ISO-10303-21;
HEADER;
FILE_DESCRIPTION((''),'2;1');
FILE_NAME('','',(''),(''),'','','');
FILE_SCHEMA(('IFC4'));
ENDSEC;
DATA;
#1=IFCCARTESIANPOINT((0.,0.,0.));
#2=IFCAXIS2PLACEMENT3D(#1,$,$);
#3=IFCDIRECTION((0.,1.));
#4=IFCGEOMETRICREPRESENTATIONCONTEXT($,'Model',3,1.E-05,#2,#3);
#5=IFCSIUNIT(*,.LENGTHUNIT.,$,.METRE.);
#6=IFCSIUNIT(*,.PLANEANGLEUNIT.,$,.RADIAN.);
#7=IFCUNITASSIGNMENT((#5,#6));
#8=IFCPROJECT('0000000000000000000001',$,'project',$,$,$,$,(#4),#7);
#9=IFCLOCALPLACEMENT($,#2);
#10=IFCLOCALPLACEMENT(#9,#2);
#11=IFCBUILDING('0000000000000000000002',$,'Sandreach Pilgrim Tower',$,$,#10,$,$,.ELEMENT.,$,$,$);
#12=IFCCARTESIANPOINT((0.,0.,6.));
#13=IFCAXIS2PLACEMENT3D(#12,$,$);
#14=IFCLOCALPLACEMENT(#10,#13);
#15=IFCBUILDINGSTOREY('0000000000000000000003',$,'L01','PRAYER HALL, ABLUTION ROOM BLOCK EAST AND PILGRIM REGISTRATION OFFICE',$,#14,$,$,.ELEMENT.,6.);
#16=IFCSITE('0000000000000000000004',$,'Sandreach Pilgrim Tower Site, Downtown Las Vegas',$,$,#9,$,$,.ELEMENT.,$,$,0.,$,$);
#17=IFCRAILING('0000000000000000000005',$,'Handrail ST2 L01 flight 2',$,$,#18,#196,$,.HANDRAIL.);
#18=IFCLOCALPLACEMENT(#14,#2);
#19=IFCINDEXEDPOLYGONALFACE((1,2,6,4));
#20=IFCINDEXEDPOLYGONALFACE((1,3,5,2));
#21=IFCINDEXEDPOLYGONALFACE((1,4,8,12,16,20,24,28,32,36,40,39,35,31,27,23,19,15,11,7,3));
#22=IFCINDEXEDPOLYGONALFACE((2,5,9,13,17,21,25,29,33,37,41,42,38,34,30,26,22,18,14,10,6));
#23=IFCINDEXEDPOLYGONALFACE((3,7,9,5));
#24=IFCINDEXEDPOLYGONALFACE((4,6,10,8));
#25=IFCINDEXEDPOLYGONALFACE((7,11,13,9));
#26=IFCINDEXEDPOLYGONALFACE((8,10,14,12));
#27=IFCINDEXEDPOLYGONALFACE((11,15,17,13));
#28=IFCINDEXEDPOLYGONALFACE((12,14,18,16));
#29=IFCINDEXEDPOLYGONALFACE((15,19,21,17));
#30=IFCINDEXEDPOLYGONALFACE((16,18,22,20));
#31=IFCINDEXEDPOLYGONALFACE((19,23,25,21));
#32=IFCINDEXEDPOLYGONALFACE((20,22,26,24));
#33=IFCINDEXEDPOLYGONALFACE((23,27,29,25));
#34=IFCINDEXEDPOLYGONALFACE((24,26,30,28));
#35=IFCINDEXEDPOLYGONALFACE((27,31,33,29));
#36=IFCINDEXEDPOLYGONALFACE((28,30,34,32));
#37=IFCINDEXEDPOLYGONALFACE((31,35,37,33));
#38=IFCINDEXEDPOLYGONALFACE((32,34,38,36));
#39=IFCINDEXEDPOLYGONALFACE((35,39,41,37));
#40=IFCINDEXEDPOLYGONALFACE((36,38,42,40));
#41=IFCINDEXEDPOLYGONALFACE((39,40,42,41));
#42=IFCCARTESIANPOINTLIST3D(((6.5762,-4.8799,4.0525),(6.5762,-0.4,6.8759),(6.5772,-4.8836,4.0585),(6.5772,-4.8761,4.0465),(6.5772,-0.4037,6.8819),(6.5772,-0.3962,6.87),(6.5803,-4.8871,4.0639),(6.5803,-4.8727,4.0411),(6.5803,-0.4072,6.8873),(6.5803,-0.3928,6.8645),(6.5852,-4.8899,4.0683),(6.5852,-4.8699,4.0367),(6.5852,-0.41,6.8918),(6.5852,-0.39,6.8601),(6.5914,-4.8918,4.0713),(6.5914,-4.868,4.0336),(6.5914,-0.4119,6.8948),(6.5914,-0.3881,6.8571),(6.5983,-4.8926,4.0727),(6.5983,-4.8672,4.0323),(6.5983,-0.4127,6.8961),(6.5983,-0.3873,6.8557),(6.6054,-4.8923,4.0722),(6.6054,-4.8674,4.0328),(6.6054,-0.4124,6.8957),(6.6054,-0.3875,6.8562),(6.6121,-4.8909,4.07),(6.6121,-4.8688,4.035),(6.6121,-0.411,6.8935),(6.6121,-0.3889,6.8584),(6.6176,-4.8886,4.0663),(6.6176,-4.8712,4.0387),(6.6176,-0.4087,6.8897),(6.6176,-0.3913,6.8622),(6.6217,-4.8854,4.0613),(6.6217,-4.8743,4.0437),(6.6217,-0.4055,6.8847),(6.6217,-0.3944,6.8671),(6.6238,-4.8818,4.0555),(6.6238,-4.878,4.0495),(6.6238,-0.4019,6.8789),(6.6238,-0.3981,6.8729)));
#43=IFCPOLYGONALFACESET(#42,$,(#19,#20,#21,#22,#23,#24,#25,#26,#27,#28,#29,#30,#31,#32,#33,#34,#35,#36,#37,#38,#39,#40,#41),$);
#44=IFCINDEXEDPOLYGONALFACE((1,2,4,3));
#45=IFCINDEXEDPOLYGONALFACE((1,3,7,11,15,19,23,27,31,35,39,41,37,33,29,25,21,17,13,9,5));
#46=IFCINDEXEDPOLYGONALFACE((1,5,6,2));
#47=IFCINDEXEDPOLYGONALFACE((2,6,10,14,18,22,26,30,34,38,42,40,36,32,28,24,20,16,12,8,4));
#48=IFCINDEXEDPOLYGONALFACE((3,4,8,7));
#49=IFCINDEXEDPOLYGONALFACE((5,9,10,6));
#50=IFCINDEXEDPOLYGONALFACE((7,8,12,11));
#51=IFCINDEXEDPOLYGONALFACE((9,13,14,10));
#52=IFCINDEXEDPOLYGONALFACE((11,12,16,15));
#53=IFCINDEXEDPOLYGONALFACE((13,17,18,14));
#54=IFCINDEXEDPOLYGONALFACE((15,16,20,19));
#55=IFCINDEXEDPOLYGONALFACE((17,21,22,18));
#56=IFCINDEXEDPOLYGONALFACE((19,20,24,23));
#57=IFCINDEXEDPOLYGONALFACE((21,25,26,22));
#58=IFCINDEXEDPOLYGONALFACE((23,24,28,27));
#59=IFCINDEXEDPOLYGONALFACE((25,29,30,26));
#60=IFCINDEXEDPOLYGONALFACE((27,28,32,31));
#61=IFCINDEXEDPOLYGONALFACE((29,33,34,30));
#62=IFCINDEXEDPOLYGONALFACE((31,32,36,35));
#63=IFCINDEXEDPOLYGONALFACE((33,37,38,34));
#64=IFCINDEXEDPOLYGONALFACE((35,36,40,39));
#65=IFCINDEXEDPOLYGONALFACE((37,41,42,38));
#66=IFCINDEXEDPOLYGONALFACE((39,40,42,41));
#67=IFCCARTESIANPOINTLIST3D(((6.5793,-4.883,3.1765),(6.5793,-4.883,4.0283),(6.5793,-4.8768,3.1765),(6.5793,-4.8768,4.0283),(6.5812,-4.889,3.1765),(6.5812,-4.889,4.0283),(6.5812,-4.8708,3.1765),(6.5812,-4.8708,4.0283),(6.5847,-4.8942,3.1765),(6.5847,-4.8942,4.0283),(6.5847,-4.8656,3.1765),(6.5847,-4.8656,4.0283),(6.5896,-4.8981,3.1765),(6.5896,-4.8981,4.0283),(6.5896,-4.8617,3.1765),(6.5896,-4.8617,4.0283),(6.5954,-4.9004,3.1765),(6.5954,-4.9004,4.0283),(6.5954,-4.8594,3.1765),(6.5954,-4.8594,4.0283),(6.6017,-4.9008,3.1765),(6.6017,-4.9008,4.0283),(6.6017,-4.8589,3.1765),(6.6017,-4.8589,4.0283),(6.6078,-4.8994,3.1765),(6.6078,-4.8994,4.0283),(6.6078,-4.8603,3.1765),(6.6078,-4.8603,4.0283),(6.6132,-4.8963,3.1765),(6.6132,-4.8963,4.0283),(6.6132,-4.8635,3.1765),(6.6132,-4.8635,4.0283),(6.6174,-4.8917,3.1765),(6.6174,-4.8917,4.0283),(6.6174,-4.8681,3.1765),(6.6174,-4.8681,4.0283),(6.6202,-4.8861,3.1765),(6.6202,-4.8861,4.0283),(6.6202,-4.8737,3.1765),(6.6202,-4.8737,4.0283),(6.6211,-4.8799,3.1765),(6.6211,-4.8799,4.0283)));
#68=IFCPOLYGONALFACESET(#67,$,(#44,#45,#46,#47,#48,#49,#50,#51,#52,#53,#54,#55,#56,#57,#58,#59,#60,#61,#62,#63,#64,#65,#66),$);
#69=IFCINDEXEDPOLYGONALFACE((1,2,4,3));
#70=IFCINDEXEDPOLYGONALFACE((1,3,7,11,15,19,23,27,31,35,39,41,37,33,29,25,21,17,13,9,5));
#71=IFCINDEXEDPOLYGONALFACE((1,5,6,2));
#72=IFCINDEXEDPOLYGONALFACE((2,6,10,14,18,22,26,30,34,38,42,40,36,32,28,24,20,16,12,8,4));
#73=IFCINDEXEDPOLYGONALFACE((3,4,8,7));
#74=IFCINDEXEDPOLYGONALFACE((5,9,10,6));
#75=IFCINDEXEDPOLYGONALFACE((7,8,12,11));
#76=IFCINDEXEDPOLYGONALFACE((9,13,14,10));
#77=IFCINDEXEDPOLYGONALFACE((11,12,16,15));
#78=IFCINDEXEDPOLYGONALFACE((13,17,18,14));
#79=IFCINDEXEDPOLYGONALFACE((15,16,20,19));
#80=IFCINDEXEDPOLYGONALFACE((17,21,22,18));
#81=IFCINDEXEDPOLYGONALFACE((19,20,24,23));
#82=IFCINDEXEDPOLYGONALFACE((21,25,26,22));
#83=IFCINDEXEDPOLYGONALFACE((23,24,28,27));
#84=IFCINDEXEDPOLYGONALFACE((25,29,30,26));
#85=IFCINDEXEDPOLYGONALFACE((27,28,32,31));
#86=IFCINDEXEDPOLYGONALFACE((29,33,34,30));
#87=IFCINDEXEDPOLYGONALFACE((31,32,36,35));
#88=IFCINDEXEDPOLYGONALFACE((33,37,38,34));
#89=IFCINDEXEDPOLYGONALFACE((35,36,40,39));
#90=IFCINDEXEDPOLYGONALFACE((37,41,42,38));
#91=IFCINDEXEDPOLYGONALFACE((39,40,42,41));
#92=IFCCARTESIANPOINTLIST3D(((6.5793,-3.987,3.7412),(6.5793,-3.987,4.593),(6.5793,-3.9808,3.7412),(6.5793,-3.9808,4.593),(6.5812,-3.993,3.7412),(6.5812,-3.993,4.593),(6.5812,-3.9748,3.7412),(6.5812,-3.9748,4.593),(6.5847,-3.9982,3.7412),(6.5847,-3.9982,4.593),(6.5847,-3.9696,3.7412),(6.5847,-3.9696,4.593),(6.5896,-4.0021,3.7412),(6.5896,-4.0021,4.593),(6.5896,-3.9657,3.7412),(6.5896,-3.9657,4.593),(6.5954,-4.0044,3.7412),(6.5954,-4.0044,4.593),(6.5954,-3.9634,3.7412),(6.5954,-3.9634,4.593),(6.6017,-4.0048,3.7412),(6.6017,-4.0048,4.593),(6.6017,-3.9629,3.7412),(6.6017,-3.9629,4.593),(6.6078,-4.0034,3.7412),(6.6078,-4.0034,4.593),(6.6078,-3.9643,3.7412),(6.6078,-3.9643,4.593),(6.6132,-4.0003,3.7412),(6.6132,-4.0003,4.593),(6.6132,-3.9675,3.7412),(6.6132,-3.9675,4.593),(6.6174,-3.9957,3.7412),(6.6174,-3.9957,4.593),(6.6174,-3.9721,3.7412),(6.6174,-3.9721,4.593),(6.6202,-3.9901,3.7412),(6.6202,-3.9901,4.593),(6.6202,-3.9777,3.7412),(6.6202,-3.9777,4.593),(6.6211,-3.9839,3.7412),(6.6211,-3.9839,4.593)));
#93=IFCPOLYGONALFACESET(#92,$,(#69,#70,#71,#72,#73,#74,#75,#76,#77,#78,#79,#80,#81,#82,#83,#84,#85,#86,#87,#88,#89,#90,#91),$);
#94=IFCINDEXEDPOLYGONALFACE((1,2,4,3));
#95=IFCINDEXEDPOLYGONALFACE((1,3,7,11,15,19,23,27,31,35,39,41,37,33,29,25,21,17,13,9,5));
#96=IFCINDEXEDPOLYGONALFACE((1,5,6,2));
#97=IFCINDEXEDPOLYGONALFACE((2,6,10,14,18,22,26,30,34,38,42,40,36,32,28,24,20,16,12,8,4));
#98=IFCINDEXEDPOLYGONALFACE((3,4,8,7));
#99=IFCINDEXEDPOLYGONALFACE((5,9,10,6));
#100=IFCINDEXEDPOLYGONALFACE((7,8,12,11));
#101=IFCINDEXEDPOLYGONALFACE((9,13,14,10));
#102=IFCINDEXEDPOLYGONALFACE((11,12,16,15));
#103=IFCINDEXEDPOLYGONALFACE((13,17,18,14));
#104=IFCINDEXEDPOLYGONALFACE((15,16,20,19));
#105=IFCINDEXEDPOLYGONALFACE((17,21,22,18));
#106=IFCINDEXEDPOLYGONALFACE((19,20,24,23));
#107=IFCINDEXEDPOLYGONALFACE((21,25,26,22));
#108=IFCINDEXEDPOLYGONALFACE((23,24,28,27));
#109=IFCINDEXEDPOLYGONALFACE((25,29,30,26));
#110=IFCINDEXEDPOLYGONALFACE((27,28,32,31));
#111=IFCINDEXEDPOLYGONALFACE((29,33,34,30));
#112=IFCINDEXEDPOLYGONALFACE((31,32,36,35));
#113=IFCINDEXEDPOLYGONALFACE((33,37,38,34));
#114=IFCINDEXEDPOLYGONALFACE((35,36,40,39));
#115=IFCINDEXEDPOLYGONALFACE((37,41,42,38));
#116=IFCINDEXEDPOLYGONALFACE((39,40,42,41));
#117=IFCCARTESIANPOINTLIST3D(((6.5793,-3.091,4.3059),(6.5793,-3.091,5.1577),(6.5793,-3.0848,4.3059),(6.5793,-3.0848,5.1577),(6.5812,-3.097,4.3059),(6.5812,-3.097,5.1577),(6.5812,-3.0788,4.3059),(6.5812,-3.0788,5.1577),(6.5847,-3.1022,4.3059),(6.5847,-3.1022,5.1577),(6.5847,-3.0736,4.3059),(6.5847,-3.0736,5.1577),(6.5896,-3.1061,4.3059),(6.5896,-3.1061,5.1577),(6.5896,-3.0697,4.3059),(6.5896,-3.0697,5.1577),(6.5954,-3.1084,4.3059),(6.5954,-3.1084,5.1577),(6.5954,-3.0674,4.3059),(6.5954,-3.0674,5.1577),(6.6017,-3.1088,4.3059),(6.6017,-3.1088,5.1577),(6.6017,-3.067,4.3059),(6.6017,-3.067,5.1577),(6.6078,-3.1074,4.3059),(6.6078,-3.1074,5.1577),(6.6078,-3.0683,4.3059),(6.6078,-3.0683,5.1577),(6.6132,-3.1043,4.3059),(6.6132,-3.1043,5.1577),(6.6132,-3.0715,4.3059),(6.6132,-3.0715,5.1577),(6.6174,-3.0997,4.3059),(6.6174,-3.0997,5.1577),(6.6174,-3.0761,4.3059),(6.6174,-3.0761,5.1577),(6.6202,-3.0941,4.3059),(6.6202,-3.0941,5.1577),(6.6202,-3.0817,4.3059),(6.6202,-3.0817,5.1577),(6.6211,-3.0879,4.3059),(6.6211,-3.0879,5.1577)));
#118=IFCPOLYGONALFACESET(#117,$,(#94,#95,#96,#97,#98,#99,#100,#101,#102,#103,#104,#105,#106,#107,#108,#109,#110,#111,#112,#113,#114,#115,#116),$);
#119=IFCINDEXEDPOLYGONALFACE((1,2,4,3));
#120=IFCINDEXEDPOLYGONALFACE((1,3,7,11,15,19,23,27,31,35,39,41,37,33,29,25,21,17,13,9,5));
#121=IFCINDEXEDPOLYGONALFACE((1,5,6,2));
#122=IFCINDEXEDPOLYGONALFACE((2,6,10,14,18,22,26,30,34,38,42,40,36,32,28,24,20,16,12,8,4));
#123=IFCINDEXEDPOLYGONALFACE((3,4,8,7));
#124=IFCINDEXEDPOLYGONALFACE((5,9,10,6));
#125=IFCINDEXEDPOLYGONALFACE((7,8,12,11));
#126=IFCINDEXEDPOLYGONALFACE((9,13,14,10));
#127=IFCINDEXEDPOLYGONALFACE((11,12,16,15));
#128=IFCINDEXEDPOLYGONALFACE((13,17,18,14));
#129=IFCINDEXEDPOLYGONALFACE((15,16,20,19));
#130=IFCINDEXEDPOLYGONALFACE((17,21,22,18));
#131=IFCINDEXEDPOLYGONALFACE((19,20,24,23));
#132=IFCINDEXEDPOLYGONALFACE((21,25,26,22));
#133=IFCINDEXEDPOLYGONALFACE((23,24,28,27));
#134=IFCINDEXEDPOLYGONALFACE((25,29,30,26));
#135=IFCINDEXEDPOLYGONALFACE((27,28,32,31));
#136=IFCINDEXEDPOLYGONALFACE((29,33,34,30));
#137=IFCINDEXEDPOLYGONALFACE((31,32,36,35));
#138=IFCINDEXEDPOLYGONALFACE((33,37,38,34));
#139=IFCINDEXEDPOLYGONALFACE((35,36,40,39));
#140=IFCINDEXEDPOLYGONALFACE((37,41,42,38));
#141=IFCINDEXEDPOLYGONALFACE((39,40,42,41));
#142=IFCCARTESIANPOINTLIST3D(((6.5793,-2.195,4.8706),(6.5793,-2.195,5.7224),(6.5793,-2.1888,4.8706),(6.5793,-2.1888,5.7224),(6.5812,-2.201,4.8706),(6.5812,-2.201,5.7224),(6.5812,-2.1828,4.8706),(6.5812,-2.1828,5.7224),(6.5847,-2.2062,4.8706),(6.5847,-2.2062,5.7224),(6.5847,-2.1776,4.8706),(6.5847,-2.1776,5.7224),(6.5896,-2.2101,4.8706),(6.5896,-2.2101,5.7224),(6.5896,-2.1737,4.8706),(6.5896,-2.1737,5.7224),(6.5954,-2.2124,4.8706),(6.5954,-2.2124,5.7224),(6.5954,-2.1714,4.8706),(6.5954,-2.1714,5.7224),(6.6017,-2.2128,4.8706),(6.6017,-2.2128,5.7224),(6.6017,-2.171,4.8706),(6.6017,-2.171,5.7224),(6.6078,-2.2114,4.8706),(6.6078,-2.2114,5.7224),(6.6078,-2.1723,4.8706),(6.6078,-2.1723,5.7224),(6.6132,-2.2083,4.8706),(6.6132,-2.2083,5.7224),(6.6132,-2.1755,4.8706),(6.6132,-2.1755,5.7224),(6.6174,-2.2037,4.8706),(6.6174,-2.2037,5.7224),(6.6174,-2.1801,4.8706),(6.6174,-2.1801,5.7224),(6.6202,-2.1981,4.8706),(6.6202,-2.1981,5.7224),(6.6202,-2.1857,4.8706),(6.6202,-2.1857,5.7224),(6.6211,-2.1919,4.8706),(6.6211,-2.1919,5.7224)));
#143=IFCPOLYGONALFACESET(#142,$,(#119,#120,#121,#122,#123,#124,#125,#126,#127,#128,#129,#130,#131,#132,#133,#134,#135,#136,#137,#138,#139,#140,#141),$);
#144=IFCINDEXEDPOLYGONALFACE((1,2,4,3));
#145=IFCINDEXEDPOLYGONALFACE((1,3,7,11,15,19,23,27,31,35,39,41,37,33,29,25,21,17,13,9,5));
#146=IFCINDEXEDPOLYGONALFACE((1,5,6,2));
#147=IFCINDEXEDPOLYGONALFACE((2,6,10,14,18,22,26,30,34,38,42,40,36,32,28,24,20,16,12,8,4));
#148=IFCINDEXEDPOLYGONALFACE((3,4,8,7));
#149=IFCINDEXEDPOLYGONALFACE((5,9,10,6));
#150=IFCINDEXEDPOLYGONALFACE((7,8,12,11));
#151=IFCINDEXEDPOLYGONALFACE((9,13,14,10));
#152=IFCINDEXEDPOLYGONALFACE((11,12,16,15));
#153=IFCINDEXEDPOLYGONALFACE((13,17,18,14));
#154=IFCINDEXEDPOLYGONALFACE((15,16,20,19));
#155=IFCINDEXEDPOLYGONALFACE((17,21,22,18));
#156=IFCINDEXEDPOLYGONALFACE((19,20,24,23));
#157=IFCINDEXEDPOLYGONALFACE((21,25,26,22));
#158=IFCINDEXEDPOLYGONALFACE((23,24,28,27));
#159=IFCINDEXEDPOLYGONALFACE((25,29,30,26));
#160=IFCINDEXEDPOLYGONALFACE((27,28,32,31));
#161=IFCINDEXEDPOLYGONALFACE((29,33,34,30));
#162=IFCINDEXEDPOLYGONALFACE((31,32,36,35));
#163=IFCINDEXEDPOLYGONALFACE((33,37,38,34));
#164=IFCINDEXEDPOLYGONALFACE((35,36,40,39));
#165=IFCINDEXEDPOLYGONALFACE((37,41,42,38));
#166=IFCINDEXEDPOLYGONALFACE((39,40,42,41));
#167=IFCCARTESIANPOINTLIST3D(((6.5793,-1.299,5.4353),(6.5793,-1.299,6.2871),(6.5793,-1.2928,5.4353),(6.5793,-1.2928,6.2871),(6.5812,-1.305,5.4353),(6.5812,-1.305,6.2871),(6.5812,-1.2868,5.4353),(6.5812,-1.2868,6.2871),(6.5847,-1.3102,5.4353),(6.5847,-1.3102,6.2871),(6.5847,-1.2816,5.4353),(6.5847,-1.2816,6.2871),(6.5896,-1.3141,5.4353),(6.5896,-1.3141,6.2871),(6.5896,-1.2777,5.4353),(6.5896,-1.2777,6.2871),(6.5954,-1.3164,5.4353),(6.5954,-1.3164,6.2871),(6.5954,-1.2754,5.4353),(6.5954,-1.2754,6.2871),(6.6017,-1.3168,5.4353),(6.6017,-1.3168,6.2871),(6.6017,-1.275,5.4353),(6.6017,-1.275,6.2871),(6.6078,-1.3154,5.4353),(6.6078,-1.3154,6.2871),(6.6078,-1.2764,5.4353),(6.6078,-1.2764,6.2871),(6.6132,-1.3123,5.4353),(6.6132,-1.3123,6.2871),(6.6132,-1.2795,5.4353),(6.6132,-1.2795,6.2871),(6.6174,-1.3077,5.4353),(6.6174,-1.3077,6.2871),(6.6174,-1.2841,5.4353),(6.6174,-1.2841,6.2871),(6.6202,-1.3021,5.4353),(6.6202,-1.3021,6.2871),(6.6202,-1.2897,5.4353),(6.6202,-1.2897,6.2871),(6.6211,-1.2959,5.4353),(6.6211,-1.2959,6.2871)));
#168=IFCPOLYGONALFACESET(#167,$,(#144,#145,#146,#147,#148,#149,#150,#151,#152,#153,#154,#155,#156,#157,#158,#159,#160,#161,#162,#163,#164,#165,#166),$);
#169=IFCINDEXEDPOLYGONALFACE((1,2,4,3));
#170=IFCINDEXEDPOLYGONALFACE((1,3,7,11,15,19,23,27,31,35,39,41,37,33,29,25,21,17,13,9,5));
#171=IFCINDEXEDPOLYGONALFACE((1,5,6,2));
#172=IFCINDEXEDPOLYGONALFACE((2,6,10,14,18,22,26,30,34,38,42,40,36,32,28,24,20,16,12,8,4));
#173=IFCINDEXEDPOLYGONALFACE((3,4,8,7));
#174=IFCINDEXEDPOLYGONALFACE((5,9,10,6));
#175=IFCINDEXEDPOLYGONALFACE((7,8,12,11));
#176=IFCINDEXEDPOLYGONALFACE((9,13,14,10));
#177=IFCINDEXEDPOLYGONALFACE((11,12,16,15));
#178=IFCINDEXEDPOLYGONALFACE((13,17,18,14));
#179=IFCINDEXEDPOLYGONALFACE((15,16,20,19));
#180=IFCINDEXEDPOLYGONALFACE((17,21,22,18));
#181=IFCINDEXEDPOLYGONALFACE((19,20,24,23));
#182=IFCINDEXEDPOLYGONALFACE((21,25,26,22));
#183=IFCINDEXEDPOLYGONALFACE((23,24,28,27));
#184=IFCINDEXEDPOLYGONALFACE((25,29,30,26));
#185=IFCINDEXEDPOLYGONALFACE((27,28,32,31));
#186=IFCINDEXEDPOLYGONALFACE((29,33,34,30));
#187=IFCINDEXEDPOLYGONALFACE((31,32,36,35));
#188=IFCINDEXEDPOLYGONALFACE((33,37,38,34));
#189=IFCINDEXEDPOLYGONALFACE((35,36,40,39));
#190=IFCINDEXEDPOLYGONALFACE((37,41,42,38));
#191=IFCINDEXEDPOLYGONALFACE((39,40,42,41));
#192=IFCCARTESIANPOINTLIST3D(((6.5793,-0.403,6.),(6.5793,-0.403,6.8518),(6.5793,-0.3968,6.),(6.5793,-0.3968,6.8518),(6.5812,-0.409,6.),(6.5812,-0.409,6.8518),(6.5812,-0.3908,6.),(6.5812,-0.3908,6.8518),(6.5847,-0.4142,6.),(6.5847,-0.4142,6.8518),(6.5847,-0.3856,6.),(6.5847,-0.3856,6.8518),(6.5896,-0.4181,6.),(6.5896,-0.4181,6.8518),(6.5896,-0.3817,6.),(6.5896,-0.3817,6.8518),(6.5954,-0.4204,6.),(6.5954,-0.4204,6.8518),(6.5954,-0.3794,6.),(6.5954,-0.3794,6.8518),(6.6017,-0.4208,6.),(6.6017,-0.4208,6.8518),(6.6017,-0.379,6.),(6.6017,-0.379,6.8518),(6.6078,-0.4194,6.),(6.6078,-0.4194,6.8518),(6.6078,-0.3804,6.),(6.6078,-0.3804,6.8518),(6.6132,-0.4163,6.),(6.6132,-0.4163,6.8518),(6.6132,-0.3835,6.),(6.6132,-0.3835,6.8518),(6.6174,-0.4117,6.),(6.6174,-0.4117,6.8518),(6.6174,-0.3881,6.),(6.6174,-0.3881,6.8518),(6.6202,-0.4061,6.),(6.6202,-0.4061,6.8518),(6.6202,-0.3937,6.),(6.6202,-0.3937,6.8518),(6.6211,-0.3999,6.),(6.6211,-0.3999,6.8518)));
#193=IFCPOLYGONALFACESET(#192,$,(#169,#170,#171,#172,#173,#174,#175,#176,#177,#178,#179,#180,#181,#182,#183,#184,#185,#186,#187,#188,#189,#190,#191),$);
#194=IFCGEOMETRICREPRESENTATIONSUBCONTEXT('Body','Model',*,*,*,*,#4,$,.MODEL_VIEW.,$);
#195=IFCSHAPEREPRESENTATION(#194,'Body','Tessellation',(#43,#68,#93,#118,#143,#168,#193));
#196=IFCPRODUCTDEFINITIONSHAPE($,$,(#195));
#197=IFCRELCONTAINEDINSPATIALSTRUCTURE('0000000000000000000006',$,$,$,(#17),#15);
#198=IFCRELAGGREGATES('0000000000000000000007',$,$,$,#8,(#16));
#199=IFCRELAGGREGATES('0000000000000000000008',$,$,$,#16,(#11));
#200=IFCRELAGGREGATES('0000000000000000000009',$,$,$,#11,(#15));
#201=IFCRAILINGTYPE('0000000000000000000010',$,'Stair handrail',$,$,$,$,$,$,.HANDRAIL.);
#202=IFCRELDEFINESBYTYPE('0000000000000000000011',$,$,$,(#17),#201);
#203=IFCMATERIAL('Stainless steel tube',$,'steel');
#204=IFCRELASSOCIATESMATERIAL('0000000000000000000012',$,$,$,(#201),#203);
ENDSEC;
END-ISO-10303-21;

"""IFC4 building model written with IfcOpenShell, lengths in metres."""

from ifc_helpers import new_model, si_unit, direction, frame, origin, origin_2d, place, context, subcontext, project, spatial, circle, extrude, material, type_object, element, save


model = new_model("IFC4")

# Units and contexts
model_context = context("Model", 3, precision=1e-05, world=origin(), true_north=direction((0.0, 1.0)))
body_context = subcontext(model_context, "Body", "Model", "MODEL_VIEW")
ifc_project = project(units=[si_unit("LENGTHUNIT", "METRE"), si_unit("PLANEANGLEUNIT", "RADIAN")], contexts=[model_context])

# Site, building, storey
site_placement = place(None, origin())
site = spatial("IfcSite", under=ifc_project, at=site_placement, Name="Sandreach Pilgrim Tower Site, Downtown Las Vegas", CompositionType="ELEMENT", RefElevation=0.0)
building_placement = place(site_placement, origin())
building = spatial("IfcBuilding", under=site, at=building_placement, Name="Sandreach Pilgrim Tower", CompositionType="ELEMENT")
storey_placement = place(building_placement, frame((0.0, 0.0, 6.0)))
storey = spatial("IfcBuildingStorey", under=building, at=storey_placement, Name="L01", Description="PRAYER HALL, ABLUTION ROOM BLOCK EAST AND PILGRIM REGISTRATION OFFICE", CompositionType="ELEMENT", Elevation=6.0)

# Railing
ifc_material_1 = material(Name="Stainless steel tube", Category="steel")
railing_type = type_object("IfcRailingType", Name="Stair handrail", PredefinedType="HANDRAIL", material=ifc_material_1)
for number, where, name in (
    (1, (6.6001, -4.8799, 3.1765), "Handrail ST2 L01 flight 2"),
):
    element("IfcRailing", number, at=place(storey_placement, frame(where)), inside=storey, type_object=railing_type, Name=name, PredefinedType="HANDRAIL", context=body_context, shape_type="SweptSolid", body=[
        extrude(circle(Radius=0.0239, at=origin_2d()), frame((0.0, 0.0, 0.876), z_axis=(0.0, 0.845998, 0.533186), x_axis=(-1.0, 0.0, 0.0)), (0.0, 0.0, 1.0), 5.2954),
        extrude(circle(Radius=0.021, at=origin_2d()), origin(), (0.0, 0.0, 1.0), 0.8518),
        extrude(circle(Radius=0.021, at=origin_2d()), frame((0.0, 0.896, 0.5647)), (0.0, 0.0, 1.0), 0.8518),
        extrude(circle(Radius=0.021, at=origin_2d()), frame((0.0, 1.792, 1.1294)), (0.0, 0.0, 1.0), 0.8518),
        extrude(circle(Radius=0.021, at=origin_2d()), frame((0.0, 2.688, 1.6941)), (0.0, 0.0, 1.0), 0.8518),
        extrude(circle(Radius=0.021, at=origin_2d()), frame((0.0, 3.584, 2.2588)), (0.0, 0.0, 1.0), 0.8518),
        extrude(circle(Radius=0.021, at=origin_2d()), frame((0.0, 4.48, 2.8235)), (0.0, 0.0, 1.0), 0.8518),
    ])

save(model, "model.ifc")
